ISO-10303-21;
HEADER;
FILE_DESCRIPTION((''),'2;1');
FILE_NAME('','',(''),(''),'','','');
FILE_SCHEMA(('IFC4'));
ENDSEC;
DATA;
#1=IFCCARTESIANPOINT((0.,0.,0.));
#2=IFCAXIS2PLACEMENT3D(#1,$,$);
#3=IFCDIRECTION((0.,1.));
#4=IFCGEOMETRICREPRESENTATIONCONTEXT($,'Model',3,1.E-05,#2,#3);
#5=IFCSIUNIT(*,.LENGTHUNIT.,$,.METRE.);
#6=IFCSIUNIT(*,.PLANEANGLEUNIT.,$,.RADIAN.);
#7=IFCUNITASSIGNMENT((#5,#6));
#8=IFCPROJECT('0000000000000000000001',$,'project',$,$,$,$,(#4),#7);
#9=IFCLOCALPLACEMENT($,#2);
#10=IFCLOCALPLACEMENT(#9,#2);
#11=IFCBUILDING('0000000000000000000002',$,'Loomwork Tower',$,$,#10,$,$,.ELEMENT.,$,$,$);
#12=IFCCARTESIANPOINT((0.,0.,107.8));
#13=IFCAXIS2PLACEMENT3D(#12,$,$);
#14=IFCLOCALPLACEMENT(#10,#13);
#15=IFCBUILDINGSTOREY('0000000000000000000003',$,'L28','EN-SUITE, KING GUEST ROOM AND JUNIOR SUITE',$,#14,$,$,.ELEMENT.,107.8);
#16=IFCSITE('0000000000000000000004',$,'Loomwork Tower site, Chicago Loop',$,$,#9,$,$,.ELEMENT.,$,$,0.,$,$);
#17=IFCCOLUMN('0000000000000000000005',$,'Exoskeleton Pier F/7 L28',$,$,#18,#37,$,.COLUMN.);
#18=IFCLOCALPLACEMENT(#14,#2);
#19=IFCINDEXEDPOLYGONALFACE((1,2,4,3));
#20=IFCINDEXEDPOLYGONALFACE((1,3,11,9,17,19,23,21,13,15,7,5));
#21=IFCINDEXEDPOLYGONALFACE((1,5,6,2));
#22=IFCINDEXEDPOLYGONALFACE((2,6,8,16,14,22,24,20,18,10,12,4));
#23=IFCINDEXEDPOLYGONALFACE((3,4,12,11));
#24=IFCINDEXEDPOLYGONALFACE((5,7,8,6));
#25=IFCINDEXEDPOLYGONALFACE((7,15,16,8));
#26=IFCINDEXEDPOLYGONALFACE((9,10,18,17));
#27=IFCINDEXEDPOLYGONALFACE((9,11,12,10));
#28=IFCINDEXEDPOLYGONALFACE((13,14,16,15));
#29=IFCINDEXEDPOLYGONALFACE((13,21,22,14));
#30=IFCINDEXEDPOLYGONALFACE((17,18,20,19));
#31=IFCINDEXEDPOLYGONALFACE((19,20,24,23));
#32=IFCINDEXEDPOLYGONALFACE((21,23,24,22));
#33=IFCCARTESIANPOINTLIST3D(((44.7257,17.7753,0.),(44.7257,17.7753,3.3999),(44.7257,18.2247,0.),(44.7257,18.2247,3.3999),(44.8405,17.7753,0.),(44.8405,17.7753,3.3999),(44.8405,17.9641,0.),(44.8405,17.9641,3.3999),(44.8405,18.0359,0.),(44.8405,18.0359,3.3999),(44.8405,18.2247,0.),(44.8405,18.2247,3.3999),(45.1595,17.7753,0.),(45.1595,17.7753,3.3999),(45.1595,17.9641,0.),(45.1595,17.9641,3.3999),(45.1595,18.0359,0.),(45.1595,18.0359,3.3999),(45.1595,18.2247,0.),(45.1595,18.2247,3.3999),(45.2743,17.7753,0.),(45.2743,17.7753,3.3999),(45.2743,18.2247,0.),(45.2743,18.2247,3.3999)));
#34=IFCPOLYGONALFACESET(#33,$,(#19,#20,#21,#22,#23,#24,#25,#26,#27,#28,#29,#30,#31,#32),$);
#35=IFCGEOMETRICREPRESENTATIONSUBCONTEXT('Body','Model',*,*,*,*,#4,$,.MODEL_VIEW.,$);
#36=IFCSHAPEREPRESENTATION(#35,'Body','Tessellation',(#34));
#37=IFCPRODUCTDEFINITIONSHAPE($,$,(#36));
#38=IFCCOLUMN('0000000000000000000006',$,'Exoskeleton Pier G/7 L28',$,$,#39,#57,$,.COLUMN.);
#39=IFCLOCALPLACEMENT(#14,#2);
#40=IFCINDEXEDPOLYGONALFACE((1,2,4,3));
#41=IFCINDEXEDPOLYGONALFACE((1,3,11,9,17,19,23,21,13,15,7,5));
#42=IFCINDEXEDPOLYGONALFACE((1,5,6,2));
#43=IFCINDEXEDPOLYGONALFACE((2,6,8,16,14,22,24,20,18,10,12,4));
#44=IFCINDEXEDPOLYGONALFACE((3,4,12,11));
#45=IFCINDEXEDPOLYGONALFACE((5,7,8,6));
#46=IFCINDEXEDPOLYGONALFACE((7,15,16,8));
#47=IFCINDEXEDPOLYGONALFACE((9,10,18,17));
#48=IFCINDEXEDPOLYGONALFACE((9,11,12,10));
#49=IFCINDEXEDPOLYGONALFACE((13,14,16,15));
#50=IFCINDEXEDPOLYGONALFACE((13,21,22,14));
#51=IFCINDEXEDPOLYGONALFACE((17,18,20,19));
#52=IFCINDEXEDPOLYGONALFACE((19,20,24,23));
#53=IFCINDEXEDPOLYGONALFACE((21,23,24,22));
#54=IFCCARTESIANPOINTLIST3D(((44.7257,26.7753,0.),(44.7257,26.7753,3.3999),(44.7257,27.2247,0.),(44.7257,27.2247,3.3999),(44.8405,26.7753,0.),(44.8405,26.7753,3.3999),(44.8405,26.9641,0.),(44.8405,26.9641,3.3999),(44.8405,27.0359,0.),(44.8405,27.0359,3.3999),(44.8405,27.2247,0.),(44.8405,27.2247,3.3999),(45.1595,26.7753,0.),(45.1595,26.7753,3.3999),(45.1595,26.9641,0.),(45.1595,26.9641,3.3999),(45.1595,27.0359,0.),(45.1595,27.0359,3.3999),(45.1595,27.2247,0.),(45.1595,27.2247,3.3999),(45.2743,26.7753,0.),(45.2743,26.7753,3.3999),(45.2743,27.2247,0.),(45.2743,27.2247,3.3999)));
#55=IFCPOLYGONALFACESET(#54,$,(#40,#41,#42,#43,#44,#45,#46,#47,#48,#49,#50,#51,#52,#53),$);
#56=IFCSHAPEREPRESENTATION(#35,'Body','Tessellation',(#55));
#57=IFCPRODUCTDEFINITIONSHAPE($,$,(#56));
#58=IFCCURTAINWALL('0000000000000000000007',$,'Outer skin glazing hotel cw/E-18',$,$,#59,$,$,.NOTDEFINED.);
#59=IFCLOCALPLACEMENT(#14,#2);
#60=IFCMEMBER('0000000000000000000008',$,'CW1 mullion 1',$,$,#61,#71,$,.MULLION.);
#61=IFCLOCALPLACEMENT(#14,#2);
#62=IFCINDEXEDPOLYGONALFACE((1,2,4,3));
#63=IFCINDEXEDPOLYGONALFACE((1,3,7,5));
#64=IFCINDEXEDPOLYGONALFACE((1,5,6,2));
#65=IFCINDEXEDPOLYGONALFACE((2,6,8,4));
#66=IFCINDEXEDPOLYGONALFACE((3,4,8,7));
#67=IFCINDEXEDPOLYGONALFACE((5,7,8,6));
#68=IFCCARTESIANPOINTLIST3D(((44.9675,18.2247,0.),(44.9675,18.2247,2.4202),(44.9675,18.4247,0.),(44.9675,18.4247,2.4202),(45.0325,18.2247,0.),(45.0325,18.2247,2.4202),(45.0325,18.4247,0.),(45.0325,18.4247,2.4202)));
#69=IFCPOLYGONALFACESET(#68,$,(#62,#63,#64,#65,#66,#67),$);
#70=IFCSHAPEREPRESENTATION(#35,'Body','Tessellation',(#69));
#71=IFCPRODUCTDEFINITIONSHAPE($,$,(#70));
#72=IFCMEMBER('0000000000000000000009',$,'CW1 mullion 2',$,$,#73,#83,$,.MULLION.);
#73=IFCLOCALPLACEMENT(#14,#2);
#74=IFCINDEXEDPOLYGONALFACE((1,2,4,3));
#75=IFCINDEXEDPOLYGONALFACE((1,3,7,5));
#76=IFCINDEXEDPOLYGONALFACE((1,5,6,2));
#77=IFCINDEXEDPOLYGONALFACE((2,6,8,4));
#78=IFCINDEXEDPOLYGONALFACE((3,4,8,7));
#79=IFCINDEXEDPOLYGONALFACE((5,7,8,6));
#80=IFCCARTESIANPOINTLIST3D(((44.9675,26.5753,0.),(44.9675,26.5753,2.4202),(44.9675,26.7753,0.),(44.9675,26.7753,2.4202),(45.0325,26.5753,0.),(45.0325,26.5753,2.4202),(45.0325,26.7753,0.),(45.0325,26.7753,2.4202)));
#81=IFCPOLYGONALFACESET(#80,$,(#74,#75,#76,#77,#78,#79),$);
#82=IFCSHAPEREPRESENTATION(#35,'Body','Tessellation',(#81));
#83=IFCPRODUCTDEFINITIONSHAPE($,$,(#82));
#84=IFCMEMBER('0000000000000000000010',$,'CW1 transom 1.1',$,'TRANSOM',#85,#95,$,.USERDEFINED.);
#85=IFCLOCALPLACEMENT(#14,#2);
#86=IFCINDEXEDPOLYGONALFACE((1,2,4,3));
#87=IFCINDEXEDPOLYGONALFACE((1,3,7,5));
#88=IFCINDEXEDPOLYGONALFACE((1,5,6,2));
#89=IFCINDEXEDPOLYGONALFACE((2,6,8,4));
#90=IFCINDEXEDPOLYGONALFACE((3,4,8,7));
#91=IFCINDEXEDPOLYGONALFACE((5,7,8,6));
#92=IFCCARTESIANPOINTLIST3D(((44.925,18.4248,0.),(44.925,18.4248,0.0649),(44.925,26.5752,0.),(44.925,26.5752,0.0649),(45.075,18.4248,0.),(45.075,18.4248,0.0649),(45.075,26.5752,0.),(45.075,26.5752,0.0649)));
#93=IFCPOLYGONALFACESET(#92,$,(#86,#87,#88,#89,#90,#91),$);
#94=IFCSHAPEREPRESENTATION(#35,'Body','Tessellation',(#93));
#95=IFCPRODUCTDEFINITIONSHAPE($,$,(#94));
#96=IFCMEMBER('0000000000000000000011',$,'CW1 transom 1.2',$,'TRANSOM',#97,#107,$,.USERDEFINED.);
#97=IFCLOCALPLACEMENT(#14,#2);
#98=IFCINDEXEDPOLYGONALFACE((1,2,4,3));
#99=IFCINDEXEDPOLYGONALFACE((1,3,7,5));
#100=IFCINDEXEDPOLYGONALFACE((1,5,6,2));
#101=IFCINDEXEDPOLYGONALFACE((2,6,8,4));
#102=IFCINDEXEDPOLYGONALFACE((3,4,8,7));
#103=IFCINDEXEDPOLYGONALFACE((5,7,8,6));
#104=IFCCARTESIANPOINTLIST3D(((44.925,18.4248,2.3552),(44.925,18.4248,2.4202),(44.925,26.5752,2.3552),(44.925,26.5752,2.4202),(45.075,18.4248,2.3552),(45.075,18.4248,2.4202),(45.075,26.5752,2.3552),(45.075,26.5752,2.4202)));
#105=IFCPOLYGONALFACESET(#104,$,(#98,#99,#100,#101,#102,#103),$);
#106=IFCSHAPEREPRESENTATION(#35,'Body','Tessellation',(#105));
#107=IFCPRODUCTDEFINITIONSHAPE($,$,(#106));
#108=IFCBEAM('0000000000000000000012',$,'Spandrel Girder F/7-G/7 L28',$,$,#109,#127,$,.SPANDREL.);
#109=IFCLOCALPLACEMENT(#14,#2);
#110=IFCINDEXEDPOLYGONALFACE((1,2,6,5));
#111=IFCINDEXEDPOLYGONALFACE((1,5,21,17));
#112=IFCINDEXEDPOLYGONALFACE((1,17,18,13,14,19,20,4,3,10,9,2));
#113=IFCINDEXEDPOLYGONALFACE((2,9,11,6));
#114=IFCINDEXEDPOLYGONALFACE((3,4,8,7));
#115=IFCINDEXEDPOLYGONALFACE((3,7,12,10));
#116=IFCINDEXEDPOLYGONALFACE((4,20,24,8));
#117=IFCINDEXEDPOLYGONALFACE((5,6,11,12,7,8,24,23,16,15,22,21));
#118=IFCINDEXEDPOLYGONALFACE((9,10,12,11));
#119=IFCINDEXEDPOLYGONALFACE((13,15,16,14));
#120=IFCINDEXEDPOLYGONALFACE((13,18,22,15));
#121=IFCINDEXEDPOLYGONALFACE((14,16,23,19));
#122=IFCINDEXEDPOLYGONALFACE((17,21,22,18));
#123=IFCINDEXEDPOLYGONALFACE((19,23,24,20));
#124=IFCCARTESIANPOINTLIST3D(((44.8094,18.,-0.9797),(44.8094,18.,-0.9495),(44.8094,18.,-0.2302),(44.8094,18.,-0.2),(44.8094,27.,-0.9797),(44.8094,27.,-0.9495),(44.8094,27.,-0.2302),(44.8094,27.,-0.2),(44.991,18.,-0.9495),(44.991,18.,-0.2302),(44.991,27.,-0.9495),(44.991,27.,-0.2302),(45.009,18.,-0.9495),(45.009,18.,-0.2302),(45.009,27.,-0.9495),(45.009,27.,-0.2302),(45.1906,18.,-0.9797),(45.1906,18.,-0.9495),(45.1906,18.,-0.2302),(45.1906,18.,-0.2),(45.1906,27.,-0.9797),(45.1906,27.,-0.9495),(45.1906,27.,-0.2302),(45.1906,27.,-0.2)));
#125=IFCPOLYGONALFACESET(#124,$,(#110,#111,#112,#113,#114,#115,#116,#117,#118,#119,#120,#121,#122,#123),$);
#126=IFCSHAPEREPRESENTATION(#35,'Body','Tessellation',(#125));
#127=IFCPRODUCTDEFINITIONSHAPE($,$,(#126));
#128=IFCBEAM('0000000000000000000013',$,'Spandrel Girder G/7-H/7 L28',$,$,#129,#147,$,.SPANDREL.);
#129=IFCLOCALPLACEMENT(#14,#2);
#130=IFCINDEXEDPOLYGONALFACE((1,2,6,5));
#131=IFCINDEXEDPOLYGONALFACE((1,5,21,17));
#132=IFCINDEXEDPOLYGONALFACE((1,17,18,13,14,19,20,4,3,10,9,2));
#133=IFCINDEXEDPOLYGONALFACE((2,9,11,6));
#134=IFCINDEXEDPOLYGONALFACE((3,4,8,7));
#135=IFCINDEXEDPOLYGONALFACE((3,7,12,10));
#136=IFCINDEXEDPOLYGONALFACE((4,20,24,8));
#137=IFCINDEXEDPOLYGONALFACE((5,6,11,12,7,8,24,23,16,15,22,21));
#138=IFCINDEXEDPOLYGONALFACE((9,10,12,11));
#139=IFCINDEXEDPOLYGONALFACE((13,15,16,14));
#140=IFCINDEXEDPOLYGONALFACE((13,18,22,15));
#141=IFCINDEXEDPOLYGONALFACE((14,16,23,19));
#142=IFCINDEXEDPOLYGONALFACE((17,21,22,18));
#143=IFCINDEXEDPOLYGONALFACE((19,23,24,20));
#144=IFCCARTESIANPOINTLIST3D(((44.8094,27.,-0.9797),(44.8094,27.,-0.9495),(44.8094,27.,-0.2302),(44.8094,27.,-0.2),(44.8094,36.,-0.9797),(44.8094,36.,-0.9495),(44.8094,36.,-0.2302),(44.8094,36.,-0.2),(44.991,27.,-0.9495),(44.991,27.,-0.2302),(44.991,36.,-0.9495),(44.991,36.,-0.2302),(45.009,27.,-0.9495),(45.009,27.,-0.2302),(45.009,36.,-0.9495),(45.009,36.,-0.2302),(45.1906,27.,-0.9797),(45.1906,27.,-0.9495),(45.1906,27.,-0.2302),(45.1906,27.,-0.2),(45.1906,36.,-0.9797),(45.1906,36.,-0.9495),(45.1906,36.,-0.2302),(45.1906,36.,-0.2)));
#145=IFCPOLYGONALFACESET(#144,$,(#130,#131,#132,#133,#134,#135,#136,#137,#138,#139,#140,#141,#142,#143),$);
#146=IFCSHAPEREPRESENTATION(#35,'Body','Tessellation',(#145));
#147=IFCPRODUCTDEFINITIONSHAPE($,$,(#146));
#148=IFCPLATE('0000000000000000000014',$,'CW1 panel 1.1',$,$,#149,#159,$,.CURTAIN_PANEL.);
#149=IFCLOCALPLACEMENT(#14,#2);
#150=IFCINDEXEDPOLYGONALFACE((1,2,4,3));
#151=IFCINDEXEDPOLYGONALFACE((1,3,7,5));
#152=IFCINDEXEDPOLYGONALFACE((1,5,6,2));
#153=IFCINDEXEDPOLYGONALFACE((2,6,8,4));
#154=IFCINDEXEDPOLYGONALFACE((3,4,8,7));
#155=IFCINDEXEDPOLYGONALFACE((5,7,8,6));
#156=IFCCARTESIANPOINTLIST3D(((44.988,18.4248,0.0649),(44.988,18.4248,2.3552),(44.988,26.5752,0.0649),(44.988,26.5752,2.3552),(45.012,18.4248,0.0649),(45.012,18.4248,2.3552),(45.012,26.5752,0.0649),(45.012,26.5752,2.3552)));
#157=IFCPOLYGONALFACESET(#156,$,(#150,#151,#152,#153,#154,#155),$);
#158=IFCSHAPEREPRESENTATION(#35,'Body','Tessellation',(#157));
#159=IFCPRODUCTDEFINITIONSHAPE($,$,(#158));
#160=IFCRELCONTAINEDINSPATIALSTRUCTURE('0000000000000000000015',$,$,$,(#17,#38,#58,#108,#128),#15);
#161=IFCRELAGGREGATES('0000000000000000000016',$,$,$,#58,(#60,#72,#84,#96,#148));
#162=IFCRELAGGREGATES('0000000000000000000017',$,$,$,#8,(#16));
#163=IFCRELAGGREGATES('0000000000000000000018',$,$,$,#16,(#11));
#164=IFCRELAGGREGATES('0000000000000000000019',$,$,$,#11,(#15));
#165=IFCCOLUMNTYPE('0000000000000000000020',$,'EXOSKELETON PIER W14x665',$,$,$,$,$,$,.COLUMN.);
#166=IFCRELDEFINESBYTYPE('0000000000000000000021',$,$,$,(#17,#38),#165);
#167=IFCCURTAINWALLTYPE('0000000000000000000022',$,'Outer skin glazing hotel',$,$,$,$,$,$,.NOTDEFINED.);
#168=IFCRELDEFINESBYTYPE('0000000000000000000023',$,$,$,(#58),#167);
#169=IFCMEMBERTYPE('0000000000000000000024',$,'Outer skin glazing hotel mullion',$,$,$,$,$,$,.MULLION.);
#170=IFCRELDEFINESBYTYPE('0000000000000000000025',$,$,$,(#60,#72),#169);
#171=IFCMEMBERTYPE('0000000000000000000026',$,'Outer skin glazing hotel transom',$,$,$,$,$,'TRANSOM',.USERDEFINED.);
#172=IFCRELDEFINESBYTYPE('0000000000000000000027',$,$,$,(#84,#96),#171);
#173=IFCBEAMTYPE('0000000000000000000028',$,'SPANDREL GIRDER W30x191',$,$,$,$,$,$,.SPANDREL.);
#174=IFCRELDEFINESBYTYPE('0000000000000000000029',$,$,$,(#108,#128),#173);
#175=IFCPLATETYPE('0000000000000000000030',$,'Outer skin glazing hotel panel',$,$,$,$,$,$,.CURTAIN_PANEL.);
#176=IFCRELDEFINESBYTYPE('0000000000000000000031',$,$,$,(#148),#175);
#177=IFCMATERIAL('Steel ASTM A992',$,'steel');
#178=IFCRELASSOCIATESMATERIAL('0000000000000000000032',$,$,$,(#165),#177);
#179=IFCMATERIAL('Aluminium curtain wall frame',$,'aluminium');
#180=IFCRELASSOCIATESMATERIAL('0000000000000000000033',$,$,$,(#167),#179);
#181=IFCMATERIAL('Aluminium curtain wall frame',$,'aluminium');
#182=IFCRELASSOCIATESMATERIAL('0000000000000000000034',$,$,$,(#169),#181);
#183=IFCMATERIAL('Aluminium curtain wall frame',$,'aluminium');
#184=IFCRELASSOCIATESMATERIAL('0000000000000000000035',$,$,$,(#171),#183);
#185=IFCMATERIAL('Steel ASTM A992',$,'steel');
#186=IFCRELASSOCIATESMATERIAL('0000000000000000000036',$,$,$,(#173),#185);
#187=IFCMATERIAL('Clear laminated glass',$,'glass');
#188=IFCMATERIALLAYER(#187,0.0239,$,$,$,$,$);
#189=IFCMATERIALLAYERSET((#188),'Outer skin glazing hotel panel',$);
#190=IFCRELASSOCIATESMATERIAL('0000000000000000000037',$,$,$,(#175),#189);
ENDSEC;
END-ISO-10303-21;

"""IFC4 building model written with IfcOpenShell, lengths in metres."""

from ifc_helpers import new_model, si_unit, direction, frame, origin, origin_2d, place, context, subcontext, project, spatial, rectangle, i_section, extrude, material, layer, layer_set, material_profile, profile_set, type_object, element, aggregate, save


model = new_model("IFC4")

# Units and contexts
model_context = context("Model", 3, precision=1e-05, world=origin(), true_north=direction((0.0, 1.0)))
body_context = subcontext(model_context, "Body", "Model", "MODEL_VIEW")
ifc_project = project(units=[si_unit("LENGTHUNIT", "METRE"), si_unit("PLANEANGLEUNIT", "RADIAN")], contexts=[model_context])

# Site, building, storey
site_placement = place(None, origin())
site = spatial("IfcSite", under=ifc_project, at=site_placement, Name="Loomwork Tower site, Chicago Loop", CompositionType="ELEMENT", RefElevation=0.0)
building_placement = place(site_placement, origin())
building = spatial("IfcBuilding", under=site, at=building_placement, Name="Loomwork Tower", CompositionType="ELEMENT")
storey_placement = place(building_placement, frame((0.0, 0.0, 107.8)))
storey = spatial("IfcBuildingStorey", under=building, at=storey_placement, Name="L28", Description="EN-SUITE, KING GUEST ROOM AND JUNIOR SUITE", CompositionType="ELEMENT", Elevation=107.8)

# Columns
ifc_material_1 = material(Name="Steel ASTM A992", Category="steel")
ifc_material_profile_1 = material_profile(ifc_material_1, i_section(OverallWidth=0.4495, OverallDepth=0.5486, WebThickness=0.0718, FlangeThickness=0.1147, at=origin_2d()), Name="W14x665")
ifc_profile_set_1 = profile_set([ifc_material_profile_1], Name="Steel ASTM A992")
column_type = type_object("IfcColumnType", Name="EXOSKELETON PIER W14x665", PredefinedType="COLUMN", material=ifc_profile_set_1)
for number, where, z_axis, x_axis, name in (
    (1, (45.0, 18.0, 0.0), (0.0, 0.0, 1.0), (0.0, 1.0, 0.0), "Exoskeleton Pier F/7 L28"),
    (2, (45.0, 27.0, 0.0), (0.0, 0.0, 1.0), (0.0, 1.0, 0.0), "Exoskeleton Pier G/7 L28"),
):
    element("IfcColumn", number, at=place(storey_placement, frame(where, z_axis=z_axis, x_axis=x_axis)), inside=storey, type_object=column_type, Name=name, PredefinedType="COLUMN", context=body_context, shape_type="SweptSolid", body=[
        extrude(i_section(OverallWidth=0.4495, OverallDepth=0.5486, WebThickness=0.0718, FlangeThickness=0.1147, at=origin_2d()), origin(), (0.0, 0.0, 1.0), 3.3999),
    ])

# Curtain wall, members
ifc_material_2 = material(Name="Aluminium curtain wall frame", Category="aluminium")
curtain_wall_type = type_object("IfcCurtainWallType", Name="Outer skin glazing hotel", PredefinedType="NOTDEFINED", material=ifc_material_2)
curtain_wall_placement = place(storey_placement, origin())
curtain_wall = element("IfcCurtainWall", 3, at=curtain_wall_placement, inside=storey, type_object=curtain_wall_type, Name="Outer skin glazing hotel cw/E-18", PredefinedType="NOTDEFINED")
ifc_material_3 = material(Name="Aluminium curtain wall frame", Category="aluminium")
ifc_material_profile_2 = material_profile(ifc_material_3, rectangle(XDim=0.0649, YDim=0.2, at=origin_2d()), Name="AL 65x200")
ifc_profile_set_2 = profile_set([ifc_material_profile_2], Name="Aluminium curtain wall frame")
member_type_1 = type_object("IfcMemberType", Name="Outer skin glazing hotel mullion", PredefinedType="MULLION", material=ifc_profile_set_2)
member_1_placement = place(storey_placement, frame((45.0, 18.3247, 0.0), z_axis=(0.0, 0.0, 1.0), x_axis=(-1.0, 0.0, 0.0)))
member_1 = element("IfcMember", 4, at=member_1_placement, type_object=member_type_1, Name="CW1 mullion 1", PredefinedType="MULLION", context=body_context, shape_type="SweptSolid", body=[
    extrude(rectangle(XDim=0.0649, YDim=0.2, at=origin_2d()), origin(), (0.0, 0.0, 1.0), 2.4202),
])
member_2_placement = place(storey_placement, frame((45.0, 26.6753, 0.0), z_axis=(0.0, 0.0, 1.0), x_axis=(-1.0, 0.0, 0.0)))
member_2 = element("IfcMember", 5, at=member_2_placement, type_object=member_type_1, Name="CW1 mullion 2", PredefinedType="MULLION", context=body_context, shape_type="SweptSolid", body=[
    extrude(rectangle(XDim=0.0649, YDim=0.2, at=origin_2d()), origin(), (0.0, 0.0, 1.0), 2.4202),
])
ifc_material_4 = material(Name="Aluminium curtain wall frame", Category="aluminium")
ifc_material_profile_3 = material_profile(ifc_material_4, rectangle(XDim=0.1499, YDim=0.0649, at=origin_2d()), Name="AL 65x150")
ifc_profile_set_3 = profile_set([ifc_material_profile_3], Name="Aluminium curtain wall frame")
member_type_2 = type_object("IfcMemberType", Name="Outer skin glazing hotel transom", ElementType="TRANSOM", PredefinedType="USERDEFINED", material=ifc_profile_set_3)
member_3_placement = place(storey_placement, frame((45.0, 18.4248, 0.0325), z_axis=(0.0, 1.0, 0.0), x_axis=(-1.0, 0.0, 0.0)))
member_3 = element("IfcMember", 6, at=member_3_placement, type_object=member_type_2, Name="CW1 transom 1.1", ObjectType="TRANSOM", PredefinedType="USERDEFINED", context=body_context, shape_type="SweptSolid", body=[
    extrude(rectangle(XDim=0.1499, YDim=0.0649, at=origin_2d()), origin(), (0.0, 0.0, 1.0), 8.1504),
])
member_4_placement = place(storey_placement, frame((45.0, 18.4248, 2.3877), z_axis=(0.0, 1.0, 0.0), x_axis=(-1.0, 0.0, 0.0)))
member_4 = element("IfcMember", 7, at=member_4_placement, type_object=member_type_2, Name="CW1 transom 1.2", ObjectType="TRANSOM", PredefinedType="USERDEFINED", context=body_context, shape_type="SweptSolid", body=[
    extrude(rectangle(XDim=0.1499, YDim=0.0649, at=origin_2d()), origin(), (0.0, 0.0, 1.0), 8.1504),
])

# Beams
ifc_material_5 = material(Name="Steel ASTM A992", Category="steel")
ifc_material_profile_4 = material_profile(ifc_material_5, i_section(OverallWidth=0.3811, OverallDepth=0.7798, WebThickness=0.0181, FlangeThickness=0.0303, at=origin_2d()), Name="W30x191")
ifc_profile_set_4 = profile_set([ifc_material_profile_4], Name="Steel ASTM A992")
beam_type = type_object("IfcBeamType", Name="SPANDREL GIRDER W30x191", PredefinedType="SPANDREL", material=ifc_profile_set_4)
for number, where, z_axis, x_axis, name in (
    (8, (45.0, 18.0, -0.5898), (0.0, 1.0, 0.0), (-1.0, 0.0, 0.0), "Spandrel Girder F/7-G/7 L28"),
    (9, (45.0, 27.0, -0.5898), (0.0, 1.0, 0.0), (-1.0, 0.0, 0.0), "Spandrel Girder G/7-H/7 L28"),
):
    element("IfcBeam", number, at=place(storey_placement, frame(where, z_axis=z_axis, x_axis=x_axis)), inside=storey, type_object=beam_type, Name=name, PredefinedType="SPANDREL", context=body_context, shape_type="SweptSolid", body=[
        extrude(i_section(OverallWidth=0.3811, OverallDepth=0.7798, WebThickness=0.0181, FlangeThickness=0.0303, at=origin_2d()), origin(), (0.0, 0.0, 1.0), 9.0),
    ])

# Plate
ifc_material_6 = material(Name="Clear laminated glass", Category="glass")
ifc_layer_1 = layer(ifc_material_6, 0.0239)
ifc_layer_set_1 = layer_set([ifc_layer_1], Name="Outer skin glazing hotel panel")
plate_type = type_object("IfcPlateType", Name="Outer skin glazing hotel panel", PredefinedType="CURTAIN_PANEL", material=ifc_layer_set_1)
plate_placement = place(storey_placement, frame((45.0, 22.5, 0.0649), z_axis=(0.0, 0.0, 1.0), x_axis=(0.0, 1.0, 0.0)))
plate = element("IfcPlate", 10, at=plate_placement, type_object=plate_type, Name="CW1 panel 1.1", PredefinedType="CURTAIN_PANEL", context=body_context, shape_type="SweptSolid", body=[
    extrude(rectangle(XDim=8.1504, YDim=0.0239, at=origin_2d()), origin(), (0.0, 0.0, 1.0), 2.2903),
])
aggregate(curtain_wall, [member_1, member_2, member_3, member_4, plate])

save(model, "model.ifc")
